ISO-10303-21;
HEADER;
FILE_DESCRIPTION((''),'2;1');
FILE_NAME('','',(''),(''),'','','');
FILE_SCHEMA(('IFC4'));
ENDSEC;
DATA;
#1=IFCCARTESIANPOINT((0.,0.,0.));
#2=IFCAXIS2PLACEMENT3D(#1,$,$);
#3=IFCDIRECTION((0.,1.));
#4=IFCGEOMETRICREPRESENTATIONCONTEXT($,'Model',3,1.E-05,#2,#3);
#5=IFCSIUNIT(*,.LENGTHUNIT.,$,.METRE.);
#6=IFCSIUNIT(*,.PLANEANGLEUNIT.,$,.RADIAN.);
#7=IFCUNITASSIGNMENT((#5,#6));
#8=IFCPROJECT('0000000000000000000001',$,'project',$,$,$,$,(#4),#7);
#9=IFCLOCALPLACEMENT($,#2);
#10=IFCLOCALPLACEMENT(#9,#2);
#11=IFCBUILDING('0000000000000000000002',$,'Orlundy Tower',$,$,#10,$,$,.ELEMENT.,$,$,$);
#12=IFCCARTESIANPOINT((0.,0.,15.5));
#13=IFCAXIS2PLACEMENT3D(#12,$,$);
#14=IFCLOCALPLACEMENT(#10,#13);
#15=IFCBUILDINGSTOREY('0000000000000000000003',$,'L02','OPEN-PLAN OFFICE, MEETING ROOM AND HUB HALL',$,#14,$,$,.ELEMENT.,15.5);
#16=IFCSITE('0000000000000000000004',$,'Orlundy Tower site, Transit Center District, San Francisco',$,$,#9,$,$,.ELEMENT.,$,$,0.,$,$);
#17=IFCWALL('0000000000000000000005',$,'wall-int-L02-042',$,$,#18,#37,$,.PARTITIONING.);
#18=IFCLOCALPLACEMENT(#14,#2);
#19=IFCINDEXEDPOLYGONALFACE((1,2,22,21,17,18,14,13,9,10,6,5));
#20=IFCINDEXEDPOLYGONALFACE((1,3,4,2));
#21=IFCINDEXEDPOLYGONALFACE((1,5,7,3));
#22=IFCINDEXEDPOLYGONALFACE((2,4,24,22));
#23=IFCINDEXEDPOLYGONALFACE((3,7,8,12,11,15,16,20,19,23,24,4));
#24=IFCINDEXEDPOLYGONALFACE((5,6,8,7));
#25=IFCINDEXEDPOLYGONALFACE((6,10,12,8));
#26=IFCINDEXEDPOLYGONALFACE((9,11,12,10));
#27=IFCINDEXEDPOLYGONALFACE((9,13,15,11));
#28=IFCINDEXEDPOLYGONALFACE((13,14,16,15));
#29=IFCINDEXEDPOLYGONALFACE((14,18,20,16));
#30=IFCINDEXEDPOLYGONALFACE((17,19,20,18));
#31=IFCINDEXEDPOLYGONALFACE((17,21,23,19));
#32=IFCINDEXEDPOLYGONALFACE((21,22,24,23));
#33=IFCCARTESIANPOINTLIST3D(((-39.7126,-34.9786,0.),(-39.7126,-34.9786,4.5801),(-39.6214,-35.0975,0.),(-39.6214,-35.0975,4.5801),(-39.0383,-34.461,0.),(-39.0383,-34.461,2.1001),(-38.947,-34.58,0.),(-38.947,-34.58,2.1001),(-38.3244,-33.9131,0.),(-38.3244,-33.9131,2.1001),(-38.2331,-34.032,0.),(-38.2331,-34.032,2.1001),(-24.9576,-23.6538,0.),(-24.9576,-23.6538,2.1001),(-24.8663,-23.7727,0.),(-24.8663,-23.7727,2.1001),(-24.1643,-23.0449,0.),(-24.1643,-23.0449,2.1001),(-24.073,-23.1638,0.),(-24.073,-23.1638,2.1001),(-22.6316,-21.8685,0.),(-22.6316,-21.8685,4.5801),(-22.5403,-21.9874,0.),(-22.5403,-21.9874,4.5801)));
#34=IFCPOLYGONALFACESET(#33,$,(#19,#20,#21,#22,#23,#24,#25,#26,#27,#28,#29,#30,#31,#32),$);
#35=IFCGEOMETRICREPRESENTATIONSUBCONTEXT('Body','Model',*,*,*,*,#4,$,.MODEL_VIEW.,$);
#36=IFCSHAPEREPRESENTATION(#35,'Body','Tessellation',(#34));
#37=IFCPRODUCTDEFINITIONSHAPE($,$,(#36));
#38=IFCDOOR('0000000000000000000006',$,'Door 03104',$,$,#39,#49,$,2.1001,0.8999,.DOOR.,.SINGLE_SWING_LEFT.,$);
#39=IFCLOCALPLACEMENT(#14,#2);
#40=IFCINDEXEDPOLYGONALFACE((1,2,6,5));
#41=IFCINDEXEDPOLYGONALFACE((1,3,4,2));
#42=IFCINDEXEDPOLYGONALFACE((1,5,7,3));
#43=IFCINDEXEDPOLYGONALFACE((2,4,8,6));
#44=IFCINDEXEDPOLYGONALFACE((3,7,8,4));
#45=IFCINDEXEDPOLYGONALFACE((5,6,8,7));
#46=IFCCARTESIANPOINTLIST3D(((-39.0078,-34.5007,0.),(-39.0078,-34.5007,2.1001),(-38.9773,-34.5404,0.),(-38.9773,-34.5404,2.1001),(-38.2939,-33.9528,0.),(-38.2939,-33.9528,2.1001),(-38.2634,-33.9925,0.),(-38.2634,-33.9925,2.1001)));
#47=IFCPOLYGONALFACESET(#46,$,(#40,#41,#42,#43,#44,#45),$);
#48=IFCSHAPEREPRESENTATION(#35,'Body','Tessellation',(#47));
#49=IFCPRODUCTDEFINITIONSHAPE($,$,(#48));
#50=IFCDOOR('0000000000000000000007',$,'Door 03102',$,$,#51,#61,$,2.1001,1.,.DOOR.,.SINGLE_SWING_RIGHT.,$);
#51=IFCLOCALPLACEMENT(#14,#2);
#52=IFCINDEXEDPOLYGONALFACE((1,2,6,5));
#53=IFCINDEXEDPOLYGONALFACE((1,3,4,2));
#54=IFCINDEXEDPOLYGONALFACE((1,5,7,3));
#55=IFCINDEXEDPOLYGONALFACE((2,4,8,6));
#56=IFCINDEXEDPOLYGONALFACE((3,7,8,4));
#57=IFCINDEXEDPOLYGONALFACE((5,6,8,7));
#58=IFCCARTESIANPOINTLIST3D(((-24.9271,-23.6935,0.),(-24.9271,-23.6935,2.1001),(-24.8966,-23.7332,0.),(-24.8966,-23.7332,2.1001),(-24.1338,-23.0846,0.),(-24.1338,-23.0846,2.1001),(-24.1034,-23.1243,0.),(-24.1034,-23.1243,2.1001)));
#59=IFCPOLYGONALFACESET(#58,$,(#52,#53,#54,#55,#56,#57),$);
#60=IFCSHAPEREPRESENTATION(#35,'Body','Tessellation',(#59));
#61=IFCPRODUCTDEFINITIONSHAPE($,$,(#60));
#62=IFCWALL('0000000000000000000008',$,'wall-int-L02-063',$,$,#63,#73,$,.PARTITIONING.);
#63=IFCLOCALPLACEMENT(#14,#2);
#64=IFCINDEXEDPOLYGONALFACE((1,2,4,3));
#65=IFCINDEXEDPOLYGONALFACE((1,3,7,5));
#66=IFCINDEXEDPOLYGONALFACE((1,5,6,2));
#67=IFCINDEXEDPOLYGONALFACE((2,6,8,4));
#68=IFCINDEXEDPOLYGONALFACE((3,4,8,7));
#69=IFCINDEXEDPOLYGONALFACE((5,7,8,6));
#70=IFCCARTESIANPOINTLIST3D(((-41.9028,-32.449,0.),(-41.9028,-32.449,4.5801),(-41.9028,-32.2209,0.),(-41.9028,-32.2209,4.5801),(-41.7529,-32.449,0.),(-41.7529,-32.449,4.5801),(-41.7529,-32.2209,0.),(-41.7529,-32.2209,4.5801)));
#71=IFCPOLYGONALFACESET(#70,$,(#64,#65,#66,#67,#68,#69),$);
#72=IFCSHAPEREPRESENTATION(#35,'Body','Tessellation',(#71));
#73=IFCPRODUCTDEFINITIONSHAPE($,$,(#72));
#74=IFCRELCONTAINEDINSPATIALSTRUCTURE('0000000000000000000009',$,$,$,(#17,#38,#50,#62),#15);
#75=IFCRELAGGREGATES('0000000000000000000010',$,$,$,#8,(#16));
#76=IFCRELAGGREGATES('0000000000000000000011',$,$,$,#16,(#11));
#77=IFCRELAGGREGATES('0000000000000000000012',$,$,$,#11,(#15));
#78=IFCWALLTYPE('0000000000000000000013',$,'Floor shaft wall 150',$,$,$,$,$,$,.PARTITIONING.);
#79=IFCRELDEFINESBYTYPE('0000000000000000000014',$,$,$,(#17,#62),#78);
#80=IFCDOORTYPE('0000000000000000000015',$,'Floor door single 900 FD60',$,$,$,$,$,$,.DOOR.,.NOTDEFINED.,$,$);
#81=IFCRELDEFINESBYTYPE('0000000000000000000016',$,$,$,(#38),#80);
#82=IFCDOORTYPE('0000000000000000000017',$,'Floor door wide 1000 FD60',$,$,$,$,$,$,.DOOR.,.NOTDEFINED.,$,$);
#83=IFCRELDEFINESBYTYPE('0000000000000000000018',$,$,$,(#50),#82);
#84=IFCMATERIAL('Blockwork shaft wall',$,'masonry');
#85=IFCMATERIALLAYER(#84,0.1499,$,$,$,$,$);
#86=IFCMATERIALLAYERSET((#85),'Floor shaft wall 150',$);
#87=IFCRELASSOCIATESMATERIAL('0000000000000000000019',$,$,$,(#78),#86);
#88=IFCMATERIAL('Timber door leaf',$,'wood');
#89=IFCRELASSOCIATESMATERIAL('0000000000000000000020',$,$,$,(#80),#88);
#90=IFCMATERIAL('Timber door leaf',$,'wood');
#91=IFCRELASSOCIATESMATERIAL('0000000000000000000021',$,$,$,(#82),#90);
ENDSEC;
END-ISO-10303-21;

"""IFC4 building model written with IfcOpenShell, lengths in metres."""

from ifc_helpers import new_model, si_unit, direction, frame, frame_2d, origin, place, context, subcontext, project, spatial, rectangle, extrude, material, layer, layer_set, type_object, element, fill, save


model = new_model("IFC4")

# Units and contexts
model_context = context("Model", 3, precision=1e-05, world=origin(), true_north=direction((0.0, 1.0)))
body_context = subcontext(model_context, "Body", "Model", "MODEL_VIEW")
ifc_project = project(units=[si_unit("LENGTHUNIT", "METRE"), si_unit("PLANEANGLEUNIT", "RADIAN")], contexts=[model_context])

# Site, building, storey
site_placement = place(None, origin())
site = spatial("IfcSite", under=ifc_project, at=site_placement, Name="Orlundy Tower site, Transit Center District, San Francisco", CompositionType="ELEMENT", RefElevation=0.0)
building_placement = place(site_placement, origin())
building = spatial("IfcBuilding", under=site, at=building_placement, Name="Orlundy Tower", CompositionType="ELEMENT")
storey_placement = place(building_placement, frame((0.0, 0.0, 15.5)))
storey = spatial("IfcBuildingStorey", under=building, at=storey_placement, Name="L02", Description="OPEN-PLAN OFFICE, MEETING ROOM AND HUB HALL", CompositionType="ELEMENT", Elevation=15.5)

# Shared definitions
ifc_material_1 = material(Name="Blockwork shaft wall", Category="masonry")
ifc_layer_1 = layer(ifc_material_1, 0.1499)
ifc_layer_set_1 = layer_set([ifc_layer_1], Name="Floor shaft wall 150")
wall_type_1 = type_object("IfcWallType", Name="Floor shaft wall 150", PredefinedType="PARTITIONING", material=ifc_layer_set_1)

# Wall, openings, doors
wall_1_placement = place(storey_placement, frame((-39.667, -35.0381, 0.0), z_axis=(0.0, 0.0, 1.0), x_axis=(0.793278, 0.608859, 0.0)))
wall_1 = element("IfcWall", 1, at=wall_1_placement, inside=storey, type_object=wall_type_1, Name="wall-int-L02-042", PredefinedType="PARTITIONING", context=body_context, shape_type="SweptSolid", body=[
    extrude(rectangle(XDim=21.5322, YDim=0.1499, at=frame_2d((10.7661, 0.0))), origin(), (0.0, 0.0, 1.0), 4.5801),
])
opening_1_placement = place(wall_1_placement, frame((18.6001, 0.0, 0.0)))
opening_1 = element("IfcOpeningElement", 2, at=opening_1_placement, cuts=wall_1, PredefinedType="OPENING", context=body_context, shape_type="SweptSolid", body=[
    extrude(rectangle(XDim=1.0, YDim=2.1001, at=frame_2d((0.5, 1.05))), frame((0.0, 0.085, 0.0), z_axis=(0.0, -1.0, 0.0), x_axis=(1.0, 0.0, 0.0)), (0.0, 0.0, 1.0), 0.1699),
])
opening_2_placement = place(wall_1_placement, frame((0.8501, 0.0, 0.0)))
opening_2 = element("IfcOpeningElement", 3, at=opening_2_placement, cuts=wall_1, PredefinedType="OPENING", context=body_context, shape_type="SweptSolid", body=[
    extrude(rectangle(XDim=0.8999, YDim=2.1001, at=frame_2d((0.45, 1.05))), frame((0.0, 0.085, 0.0), z_axis=(0.0, -1.0, 0.0), x_axis=(1.0, 0.0, 0.0)), (0.0, 0.0, 1.0), 0.1699),
])
ifc_material_2 = material(Name="Timber door leaf", Category="wood")
door_type_1 = type_object("IfcDoorType", Name="Floor door single 900 FD60", OperationType="NOTDEFINED", PredefinedType="DOOR", material=ifc_material_2)
door_1_placement = place(opening_2_placement, origin())
door_1 = element("IfcDoor", 4, at=door_1_placement, inside=storey, type_object=door_type_1, Name="Door 03104", OperationType="SINGLE_SWING_LEFT", OverallHeight=2.1001, OverallWidth=0.8999, PredefinedType="DOOR", context=body_context, shape_type="SweptSolid", body=[
    extrude(rectangle(XDim=0.8999, YDim=2.1001, at=frame_2d((0.45, 1.05))), frame((0.0, 0.0249, 0.0), z_axis=(0.0, -1.0, 0.0), x_axis=(1.0, 0.0, 0.0)), (0.0, 0.0, 1.0), 0.05),
])
fill(opening_2, door_1)
ifc_material_3 = material(Name="Timber door leaf", Category="wood")
door_type_2 = type_object("IfcDoorType", Name="Floor door wide 1000 FD60", OperationType="NOTDEFINED", PredefinedType="DOOR", material=ifc_material_3)
door_2_placement = place(opening_1_placement, origin())
door_2 = element("IfcDoor", 5, at=door_2_placement, inside=storey, type_object=door_type_2, Name="Door 03102", OperationType="SINGLE_SWING_RIGHT", OverallHeight=2.1001, OverallWidth=1.0, PredefinedType="DOOR", context=body_context, shape_type="SweptSolid", body=[
    extrude(rectangle(XDim=1.0, YDim=2.1001, at=frame_2d((0.5, 1.05))), frame((0.0, 0.0249, 0.0), z_axis=(0.0, -1.0, 0.0), x_axis=(1.0, 0.0, 0.0)), (0.0, 0.0, 1.0), 0.05),
])
fill(opening_1, door_2)

# Wall
wall_2_placement = place(storey_placement, frame((-41.8279, -32.449, 0.0), z_axis=(0.0, 0.0, 1.0), x_axis=(0.0, 1.0, 0.0)))
element("IfcWall", 6, at=wall_2_placement, inside=storey, type_object=wall_type_1, Name="wall-int-L02-063", PredefinedType="PARTITIONING", context=body_context, shape_type="SweptSolid", body=[
    extrude(rectangle(XDim=0.228, YDim=0.1499, at=frame_2d((0.114, 0.0))), origin(), (0.0, 0.0, 1.0), 4.5801),
])

save(model, "model.ifc")
